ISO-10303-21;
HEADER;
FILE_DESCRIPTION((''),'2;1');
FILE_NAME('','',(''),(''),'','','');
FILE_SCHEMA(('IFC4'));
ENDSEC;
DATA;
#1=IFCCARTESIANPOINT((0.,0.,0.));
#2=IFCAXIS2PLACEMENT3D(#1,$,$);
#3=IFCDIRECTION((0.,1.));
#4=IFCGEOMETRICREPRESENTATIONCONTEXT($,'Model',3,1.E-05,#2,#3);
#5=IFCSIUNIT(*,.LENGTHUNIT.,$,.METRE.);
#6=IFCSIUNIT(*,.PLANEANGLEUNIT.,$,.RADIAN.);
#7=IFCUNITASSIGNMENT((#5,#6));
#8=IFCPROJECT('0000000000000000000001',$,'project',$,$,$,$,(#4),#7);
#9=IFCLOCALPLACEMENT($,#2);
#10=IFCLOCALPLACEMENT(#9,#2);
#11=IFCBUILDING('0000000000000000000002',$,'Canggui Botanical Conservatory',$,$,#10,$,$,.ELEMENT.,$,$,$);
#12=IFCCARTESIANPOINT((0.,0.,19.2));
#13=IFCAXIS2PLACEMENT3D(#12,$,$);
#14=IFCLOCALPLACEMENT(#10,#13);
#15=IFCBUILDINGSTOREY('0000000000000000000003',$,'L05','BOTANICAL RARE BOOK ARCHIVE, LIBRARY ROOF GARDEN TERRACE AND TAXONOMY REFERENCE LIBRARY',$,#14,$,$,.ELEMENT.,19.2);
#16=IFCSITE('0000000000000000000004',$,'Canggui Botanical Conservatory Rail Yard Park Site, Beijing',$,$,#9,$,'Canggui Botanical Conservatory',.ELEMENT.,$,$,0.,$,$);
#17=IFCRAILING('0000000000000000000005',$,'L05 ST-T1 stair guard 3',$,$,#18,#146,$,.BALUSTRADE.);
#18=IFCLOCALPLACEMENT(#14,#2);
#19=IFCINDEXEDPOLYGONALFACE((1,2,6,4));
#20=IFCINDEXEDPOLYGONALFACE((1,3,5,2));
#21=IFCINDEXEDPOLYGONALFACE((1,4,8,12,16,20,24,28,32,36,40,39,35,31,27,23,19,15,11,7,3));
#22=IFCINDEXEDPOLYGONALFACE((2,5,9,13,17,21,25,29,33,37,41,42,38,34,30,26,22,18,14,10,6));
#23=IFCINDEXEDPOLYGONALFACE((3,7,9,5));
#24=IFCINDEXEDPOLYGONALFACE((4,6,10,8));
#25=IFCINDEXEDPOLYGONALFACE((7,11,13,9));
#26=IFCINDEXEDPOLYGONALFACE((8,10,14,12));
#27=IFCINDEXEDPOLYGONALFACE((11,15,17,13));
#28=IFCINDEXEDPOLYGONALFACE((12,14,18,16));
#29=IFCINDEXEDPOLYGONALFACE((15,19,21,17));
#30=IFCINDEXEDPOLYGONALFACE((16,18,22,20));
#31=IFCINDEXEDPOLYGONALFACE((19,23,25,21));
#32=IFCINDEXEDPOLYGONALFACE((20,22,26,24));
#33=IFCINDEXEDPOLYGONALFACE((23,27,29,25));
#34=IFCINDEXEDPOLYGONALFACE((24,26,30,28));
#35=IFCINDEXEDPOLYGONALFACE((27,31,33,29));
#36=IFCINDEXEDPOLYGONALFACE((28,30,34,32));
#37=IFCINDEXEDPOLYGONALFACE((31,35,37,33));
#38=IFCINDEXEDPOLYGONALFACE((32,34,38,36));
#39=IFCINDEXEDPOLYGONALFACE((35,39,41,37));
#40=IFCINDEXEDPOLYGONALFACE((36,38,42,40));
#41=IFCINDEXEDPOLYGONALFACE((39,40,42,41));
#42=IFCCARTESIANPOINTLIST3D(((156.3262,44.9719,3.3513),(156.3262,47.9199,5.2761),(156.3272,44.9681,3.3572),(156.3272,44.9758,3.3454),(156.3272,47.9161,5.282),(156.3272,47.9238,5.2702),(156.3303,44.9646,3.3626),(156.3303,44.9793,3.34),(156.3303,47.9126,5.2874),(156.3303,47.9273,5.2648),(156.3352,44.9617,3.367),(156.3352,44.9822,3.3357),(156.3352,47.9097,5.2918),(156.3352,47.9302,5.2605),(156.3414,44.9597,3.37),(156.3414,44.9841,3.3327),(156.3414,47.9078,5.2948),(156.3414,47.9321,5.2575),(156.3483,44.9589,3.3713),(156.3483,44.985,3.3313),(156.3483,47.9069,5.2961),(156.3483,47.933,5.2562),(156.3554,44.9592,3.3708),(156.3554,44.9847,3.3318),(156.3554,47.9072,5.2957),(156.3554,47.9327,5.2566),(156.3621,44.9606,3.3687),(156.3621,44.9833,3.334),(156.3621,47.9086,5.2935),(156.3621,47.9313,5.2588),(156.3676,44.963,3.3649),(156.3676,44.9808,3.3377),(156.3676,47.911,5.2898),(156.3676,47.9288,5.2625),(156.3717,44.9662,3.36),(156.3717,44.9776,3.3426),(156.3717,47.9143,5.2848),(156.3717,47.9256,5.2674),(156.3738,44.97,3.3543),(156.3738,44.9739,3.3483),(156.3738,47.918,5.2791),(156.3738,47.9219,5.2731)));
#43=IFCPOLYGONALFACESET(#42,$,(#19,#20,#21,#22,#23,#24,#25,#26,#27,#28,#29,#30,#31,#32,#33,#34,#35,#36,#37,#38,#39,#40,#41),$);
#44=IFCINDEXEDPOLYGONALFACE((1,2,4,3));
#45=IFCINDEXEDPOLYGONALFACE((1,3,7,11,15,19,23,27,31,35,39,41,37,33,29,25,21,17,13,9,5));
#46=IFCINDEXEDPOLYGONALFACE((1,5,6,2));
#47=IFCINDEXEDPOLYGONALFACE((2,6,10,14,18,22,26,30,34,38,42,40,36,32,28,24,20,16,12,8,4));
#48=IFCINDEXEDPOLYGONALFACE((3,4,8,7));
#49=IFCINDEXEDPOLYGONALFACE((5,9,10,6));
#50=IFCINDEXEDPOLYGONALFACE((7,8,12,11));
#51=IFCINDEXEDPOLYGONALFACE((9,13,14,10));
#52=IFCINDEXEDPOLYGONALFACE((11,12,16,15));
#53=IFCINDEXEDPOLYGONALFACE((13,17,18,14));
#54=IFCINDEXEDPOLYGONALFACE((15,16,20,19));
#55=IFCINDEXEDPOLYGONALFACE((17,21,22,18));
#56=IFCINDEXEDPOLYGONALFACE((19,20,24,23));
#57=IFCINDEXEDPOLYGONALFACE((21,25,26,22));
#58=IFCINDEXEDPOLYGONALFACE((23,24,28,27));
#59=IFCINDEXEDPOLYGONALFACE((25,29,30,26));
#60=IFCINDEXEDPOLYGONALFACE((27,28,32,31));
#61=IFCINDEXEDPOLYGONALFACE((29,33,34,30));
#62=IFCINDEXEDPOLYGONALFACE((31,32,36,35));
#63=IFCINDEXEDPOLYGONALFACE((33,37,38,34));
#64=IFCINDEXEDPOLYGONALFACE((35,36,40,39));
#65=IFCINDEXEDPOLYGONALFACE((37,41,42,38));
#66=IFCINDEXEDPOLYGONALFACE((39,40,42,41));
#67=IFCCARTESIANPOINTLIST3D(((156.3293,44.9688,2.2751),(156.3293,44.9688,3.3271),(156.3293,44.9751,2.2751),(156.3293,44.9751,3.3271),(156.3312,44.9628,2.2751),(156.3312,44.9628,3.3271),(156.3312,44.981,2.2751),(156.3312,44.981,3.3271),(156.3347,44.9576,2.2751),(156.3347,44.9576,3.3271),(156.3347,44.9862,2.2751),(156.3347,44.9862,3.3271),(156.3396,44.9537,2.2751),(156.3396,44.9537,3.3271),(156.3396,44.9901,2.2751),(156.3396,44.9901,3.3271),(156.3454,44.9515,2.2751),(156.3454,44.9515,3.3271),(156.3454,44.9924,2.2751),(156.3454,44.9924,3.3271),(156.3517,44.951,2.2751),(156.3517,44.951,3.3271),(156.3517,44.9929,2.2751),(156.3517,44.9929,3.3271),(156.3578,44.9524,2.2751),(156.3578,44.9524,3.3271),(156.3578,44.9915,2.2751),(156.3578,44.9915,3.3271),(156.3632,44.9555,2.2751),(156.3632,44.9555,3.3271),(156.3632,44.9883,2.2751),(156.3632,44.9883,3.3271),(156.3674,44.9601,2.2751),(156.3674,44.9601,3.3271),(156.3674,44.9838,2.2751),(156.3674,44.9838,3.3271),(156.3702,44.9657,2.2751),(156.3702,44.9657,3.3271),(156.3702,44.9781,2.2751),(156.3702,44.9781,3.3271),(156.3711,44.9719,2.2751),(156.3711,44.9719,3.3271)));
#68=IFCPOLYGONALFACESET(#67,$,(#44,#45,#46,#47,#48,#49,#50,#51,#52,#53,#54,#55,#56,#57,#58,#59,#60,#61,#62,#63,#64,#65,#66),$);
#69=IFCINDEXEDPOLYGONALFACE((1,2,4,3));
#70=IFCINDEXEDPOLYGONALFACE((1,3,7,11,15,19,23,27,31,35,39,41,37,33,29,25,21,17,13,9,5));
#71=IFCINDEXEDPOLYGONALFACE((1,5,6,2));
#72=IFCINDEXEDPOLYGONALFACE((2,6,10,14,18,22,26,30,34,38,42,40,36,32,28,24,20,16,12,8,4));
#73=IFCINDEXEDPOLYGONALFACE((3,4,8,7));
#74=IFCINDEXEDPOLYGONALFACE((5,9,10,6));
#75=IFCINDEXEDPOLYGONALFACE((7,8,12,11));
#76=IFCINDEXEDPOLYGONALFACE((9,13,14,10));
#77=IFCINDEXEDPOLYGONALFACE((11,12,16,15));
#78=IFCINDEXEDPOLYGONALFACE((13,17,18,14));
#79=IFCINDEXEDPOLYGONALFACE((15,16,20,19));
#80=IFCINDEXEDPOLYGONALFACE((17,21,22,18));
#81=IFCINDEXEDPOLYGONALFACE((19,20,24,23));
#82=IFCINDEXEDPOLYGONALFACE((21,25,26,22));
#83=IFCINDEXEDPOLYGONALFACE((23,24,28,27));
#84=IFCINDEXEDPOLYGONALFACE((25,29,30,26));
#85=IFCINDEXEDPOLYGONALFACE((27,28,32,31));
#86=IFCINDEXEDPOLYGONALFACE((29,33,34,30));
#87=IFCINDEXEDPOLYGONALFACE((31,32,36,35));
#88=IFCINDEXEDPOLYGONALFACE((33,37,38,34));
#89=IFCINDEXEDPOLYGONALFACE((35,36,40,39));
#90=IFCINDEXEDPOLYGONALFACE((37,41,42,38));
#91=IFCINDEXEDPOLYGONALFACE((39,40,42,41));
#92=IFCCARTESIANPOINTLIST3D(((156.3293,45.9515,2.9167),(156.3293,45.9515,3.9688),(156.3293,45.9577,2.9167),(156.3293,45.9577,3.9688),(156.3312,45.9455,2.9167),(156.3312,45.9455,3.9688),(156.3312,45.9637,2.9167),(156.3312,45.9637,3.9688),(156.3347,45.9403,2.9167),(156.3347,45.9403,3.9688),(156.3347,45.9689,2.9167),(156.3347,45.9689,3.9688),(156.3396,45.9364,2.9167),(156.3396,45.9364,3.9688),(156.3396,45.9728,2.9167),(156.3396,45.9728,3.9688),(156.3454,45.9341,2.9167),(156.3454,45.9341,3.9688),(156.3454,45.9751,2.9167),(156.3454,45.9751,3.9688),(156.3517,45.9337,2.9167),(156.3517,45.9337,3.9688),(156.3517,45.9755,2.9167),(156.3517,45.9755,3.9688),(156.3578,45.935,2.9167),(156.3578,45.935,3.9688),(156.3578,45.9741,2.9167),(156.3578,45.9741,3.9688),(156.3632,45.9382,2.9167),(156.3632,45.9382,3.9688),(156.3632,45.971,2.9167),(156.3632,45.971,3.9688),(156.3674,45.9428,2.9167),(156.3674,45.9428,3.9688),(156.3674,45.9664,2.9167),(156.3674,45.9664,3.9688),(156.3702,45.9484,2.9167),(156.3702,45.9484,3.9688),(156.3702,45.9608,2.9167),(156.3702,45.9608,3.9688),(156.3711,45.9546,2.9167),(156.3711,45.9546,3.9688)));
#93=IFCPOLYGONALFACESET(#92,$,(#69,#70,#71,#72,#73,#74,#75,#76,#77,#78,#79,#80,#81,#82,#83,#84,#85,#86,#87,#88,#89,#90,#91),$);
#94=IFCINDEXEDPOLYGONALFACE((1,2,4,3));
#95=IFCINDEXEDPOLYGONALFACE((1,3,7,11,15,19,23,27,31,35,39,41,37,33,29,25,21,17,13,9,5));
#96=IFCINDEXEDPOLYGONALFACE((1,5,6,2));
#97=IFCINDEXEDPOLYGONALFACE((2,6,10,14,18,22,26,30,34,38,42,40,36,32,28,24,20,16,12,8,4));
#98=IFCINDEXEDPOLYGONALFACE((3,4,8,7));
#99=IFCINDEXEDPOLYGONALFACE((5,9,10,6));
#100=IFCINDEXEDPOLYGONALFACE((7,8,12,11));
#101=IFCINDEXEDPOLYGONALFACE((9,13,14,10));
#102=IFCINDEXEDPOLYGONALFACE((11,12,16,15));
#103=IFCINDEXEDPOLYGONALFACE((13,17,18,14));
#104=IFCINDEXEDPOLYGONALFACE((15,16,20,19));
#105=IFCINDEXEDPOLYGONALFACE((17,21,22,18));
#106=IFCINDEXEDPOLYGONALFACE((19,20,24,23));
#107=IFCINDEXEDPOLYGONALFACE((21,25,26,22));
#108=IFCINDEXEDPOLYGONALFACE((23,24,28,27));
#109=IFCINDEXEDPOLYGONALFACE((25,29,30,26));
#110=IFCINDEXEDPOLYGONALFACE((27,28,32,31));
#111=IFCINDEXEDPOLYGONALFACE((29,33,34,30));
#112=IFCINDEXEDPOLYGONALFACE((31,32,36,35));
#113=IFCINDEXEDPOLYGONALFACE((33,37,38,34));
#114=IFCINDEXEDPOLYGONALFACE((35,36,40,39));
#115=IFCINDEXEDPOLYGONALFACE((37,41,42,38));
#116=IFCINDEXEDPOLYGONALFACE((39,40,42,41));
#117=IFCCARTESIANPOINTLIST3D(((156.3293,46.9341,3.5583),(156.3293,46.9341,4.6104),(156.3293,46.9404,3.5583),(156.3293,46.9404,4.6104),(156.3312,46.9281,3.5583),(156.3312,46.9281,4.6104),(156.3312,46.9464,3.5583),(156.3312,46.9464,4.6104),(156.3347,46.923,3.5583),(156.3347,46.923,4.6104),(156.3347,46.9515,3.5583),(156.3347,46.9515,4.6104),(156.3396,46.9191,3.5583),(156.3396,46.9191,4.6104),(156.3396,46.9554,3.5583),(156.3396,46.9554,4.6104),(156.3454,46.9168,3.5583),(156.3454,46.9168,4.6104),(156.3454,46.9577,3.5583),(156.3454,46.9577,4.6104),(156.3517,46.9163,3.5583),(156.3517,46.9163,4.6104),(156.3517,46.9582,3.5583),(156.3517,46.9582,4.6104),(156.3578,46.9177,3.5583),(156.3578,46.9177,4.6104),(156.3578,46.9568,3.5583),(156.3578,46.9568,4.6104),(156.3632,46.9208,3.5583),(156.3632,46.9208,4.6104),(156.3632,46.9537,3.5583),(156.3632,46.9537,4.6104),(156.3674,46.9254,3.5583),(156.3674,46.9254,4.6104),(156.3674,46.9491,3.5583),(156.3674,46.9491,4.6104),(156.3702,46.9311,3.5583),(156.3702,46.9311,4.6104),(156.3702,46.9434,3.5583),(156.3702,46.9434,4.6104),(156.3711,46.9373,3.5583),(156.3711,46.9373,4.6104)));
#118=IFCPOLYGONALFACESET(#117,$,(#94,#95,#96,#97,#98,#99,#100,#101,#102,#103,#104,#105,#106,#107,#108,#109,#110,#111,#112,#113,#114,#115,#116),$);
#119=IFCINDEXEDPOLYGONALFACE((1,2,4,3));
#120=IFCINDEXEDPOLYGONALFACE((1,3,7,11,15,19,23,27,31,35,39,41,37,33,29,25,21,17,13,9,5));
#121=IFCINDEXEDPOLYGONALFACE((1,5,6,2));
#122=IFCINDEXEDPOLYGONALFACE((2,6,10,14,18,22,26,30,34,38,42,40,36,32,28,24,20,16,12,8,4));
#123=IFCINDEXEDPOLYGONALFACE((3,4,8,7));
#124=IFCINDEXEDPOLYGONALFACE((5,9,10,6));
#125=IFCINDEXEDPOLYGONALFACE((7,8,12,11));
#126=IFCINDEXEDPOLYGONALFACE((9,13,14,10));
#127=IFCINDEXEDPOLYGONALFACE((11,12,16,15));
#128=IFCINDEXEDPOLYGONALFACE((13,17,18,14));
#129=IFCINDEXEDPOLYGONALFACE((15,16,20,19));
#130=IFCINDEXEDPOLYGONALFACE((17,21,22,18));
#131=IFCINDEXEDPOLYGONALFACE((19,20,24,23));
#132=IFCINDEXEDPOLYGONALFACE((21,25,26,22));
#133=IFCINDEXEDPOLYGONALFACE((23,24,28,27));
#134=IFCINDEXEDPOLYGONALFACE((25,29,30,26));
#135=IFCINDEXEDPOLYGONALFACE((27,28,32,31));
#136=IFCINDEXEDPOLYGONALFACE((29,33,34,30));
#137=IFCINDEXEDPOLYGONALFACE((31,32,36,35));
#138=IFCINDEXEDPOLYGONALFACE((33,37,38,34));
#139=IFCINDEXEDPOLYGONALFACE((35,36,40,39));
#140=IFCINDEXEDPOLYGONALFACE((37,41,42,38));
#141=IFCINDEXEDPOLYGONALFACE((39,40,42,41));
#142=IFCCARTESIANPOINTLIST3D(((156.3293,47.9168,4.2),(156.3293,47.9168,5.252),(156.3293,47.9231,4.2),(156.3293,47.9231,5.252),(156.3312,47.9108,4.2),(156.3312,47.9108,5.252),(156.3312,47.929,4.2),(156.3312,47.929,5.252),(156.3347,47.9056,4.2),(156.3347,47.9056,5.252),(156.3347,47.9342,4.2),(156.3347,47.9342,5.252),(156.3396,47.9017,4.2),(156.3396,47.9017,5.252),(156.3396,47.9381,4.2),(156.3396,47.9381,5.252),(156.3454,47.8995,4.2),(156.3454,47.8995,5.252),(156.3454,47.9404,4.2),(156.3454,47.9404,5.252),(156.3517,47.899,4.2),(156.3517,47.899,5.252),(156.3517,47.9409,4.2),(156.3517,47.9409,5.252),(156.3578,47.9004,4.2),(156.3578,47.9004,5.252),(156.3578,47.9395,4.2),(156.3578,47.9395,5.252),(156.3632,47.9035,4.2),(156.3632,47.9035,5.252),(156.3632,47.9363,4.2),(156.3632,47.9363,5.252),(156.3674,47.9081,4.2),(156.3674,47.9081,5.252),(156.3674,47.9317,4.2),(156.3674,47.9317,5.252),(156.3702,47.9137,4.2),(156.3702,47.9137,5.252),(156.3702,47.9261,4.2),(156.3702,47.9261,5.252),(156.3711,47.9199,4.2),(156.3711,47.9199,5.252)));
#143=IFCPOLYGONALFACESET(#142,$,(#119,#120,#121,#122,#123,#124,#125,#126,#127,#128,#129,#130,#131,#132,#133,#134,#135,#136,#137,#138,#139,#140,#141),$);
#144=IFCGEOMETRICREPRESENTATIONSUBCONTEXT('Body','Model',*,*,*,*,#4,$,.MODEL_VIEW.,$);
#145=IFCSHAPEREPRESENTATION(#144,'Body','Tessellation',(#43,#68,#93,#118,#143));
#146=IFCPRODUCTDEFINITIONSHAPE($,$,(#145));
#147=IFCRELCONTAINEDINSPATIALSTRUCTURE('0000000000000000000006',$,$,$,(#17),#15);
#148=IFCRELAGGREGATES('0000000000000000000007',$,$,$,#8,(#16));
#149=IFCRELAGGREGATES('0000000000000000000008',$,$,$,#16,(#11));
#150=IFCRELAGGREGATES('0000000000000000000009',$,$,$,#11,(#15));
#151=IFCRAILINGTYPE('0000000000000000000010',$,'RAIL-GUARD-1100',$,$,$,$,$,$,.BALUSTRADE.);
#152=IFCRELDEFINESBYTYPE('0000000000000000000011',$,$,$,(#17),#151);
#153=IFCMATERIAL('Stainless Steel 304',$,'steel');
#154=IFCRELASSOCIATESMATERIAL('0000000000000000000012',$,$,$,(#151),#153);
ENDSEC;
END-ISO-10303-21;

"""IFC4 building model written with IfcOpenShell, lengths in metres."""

from ifc_helpers import new_model, si_unit, direction, frame, origin, origin_2d, place, context, subcontext, project, spatial, circle, extrude, material, type_object, element, save


model = new_model("IFC4")

# Units and contexts
model_context = context("Model", 3, precision=1e-05, world=origin(), true_north=direction((0.0, 1.0)))
body_context = subcontext(model_context, "Body", "Model", "MODEL_VIEW")
ifc_project = project(units=[si_unit("LENGTHUNIT", "METRE"), si_unit("PLANEANGLEUNIT", "RADIAN")], contexts=[model_context])

# Site, building, storey
site_placement = place(None, origin())
site = spatial("IfcSite", under=ifc_project, at=site_placement, Name="Canggui Botanical Conservatory Rail Yard Park Site, Beijing", LongName="Canggui Botanical Conservatory", CompositionType="ELEMENT", RefElevation=0.0)
building_placement = place(site_placement, origin())
building = spatial("IfcBuilding", under=site, at=building_placement, Name="Canggui Botanical Conservatory", CompositionType="ELEMENT")
storey_placement = place(building_placement, frame((0.0, 0.0, 19.2)))
storey = spatial("IfcBuildingStorey", under=building, at=storey_placement, Name="L05", Description="BOTANICAL RARE BOOK ARCHIVE, LIBRARY ROOF GARDEN TERRACE AND TAXONOMY REFERENCE LIBRARY", CompositionType="ELEMENT", Elevation=19.2)

# Shared definitions
ifc_material_1 = material(Name="Stainless Steel 304", Category="steel")

# Railing
railing_type_1 = type_object("IfcRailingType", Name="RAIL-GUARD-1100", PredefinedType="BALUSTRADE", material=ifc_material_1)
railing_1_placement = place(storey_placement, frame((156.3501, 44.9719, 2.2751)))
element("IfcRailing", 1, at=railing_1_placement, inside=storey, type_object=railing_type_1, Name="L05 ST-T1 stair guard 3", PredefinedType="BALUSTRADE", context=body_context, shape_type="SweptSolid", body=[
    extrude(circle(Radius=0.0239, at=origin_2d()), frame((0.0, 0.0, 1.0762), z_axis=(0.0, 0.837325, 0.546706), x_axis=(-1.0, 0.0, 0.0)), (0.0, 0.0, 1.0), 3.5208),
    extrude(circle(Radius=0.021, at=origin_2d()), origin(), (0.0, 0.0, 1.0), 1.052),
    extrude(circle(Radius=0.021, at=origin_2d()), frame((0.0, 0.9827, 0.6416)), (0.0, 0.0, 1.0), 1.052),
    extrude(circle(Radius=0.021, at=origin_2d()), frame((0.0, 1.9653, 1.2832)), (0.0, 0.0, 1.0), 1.052),
    extrude(circle(Radius=0.021, at=origin_2d()), frame((0.0, 2.948, 1.9248)), (0.0, 0.0, 1.0), 1.052),
])

save(model, "model.ifc")
